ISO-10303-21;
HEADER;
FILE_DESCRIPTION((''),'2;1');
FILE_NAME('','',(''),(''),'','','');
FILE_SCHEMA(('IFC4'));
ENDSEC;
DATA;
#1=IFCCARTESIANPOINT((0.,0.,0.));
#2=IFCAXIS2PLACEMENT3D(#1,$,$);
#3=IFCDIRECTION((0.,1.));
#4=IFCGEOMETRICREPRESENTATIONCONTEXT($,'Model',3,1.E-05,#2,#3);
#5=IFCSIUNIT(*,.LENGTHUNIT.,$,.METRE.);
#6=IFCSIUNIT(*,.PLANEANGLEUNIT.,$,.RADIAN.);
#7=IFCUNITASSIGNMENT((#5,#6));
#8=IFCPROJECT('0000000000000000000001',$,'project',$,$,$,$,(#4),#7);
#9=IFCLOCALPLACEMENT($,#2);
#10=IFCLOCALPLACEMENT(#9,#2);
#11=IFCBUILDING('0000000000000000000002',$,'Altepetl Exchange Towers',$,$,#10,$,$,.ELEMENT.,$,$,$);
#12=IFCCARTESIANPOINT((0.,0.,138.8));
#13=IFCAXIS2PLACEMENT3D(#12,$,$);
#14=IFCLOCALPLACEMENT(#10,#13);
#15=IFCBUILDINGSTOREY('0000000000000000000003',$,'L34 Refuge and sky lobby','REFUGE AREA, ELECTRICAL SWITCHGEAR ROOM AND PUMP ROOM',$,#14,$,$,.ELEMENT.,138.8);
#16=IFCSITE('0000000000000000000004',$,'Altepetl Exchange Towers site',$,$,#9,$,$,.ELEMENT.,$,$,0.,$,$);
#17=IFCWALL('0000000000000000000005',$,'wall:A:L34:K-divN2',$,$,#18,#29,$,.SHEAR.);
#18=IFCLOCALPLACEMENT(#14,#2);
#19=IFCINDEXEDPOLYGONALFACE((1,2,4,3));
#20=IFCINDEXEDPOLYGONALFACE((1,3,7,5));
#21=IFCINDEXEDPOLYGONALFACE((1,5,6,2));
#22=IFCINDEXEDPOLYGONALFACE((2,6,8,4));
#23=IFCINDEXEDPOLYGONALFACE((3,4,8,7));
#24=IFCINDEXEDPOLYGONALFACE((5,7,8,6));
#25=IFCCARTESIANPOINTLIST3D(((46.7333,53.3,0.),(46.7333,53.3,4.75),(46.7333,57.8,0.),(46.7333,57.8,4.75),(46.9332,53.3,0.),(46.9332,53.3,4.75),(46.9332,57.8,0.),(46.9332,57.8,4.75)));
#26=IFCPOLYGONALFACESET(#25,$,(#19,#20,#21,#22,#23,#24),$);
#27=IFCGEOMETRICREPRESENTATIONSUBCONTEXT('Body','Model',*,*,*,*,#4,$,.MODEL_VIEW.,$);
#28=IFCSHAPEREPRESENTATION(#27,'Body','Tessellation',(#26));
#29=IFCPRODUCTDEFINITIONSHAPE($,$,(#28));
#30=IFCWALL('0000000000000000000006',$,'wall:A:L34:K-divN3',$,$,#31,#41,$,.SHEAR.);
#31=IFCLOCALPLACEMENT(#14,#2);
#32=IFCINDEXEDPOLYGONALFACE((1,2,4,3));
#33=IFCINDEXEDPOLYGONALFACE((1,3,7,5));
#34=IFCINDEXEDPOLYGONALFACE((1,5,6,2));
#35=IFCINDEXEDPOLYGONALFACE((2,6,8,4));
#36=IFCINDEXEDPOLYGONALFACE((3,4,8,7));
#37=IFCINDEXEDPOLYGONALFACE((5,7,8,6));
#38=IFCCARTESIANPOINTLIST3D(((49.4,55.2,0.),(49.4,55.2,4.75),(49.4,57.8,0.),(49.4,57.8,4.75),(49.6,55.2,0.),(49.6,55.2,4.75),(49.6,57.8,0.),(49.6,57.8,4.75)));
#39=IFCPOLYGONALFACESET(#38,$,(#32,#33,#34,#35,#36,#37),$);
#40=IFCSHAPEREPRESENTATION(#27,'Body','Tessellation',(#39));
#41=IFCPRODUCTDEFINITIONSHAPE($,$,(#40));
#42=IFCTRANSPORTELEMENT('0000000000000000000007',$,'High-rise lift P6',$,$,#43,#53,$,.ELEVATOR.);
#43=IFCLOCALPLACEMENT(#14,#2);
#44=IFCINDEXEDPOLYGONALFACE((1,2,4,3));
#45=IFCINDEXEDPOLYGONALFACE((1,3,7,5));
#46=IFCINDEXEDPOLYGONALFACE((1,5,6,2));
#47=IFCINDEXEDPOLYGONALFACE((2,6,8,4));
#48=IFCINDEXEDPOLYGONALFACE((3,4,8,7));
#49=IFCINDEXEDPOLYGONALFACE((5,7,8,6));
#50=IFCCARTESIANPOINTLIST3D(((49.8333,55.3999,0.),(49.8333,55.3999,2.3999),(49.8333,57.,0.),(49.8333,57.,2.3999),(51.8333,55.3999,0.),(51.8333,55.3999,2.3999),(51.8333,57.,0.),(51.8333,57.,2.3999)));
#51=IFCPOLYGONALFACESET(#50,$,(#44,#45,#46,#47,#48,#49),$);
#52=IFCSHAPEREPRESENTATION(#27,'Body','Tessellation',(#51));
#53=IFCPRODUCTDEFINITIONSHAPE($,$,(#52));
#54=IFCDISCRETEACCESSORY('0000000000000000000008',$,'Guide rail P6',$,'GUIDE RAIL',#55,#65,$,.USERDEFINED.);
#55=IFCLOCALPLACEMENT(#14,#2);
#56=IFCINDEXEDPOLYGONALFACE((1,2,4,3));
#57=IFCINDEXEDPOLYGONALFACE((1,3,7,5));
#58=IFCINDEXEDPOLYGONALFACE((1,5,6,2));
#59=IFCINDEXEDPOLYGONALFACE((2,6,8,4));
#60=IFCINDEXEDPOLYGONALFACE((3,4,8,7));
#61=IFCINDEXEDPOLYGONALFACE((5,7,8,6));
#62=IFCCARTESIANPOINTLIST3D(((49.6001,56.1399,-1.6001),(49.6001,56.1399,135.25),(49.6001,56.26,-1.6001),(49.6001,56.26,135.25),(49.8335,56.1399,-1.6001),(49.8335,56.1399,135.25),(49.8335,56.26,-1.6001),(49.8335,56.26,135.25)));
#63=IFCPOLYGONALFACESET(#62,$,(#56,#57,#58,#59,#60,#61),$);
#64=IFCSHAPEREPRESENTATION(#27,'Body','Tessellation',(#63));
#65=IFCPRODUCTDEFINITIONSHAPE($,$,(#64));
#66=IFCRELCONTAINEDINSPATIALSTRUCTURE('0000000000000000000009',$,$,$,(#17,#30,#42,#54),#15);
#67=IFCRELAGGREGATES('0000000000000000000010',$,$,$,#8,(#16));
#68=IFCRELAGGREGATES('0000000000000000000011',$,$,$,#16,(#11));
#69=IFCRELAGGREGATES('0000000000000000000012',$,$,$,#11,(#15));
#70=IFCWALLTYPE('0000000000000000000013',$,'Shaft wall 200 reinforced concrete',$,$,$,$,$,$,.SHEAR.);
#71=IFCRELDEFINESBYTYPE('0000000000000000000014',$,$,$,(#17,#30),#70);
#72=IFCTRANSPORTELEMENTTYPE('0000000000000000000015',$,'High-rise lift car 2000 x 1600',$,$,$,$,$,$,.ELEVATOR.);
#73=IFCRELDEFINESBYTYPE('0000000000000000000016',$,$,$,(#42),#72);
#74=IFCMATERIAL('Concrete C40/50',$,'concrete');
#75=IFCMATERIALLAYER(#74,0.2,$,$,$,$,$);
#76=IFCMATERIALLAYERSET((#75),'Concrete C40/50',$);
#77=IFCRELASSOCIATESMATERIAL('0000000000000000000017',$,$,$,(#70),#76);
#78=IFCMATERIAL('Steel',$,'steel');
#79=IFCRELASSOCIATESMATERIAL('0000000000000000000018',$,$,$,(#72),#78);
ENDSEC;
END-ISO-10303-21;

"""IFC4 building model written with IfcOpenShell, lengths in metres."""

from ifc_helpers import new_model, si_unit, direction, frame, frame_2d, origin, origin_2d, place, context, subcontext, project, spatial, rectangle, extrude, material, layer, layer_set, type_object, element, save


model = new_model("IFC4")

# Units and contexts
model_context = context("Model", 3, precision=1e-05, world=origin(), true_north=direction((0.0, 1.0)))
body_context = subcontext(model_context, "Body", "Model", "MODEL_VIEW")
ifc_project = project(units=[si_unit("LENGTHUNIT", "METRE"), si_unit("PLANEANGLEUNIT", "RADIAN")], contexts=[model_context])

# Site, building, storey
site_placement = place(None, origin())
site = spatial("IfcSite", under=ifc_project, at=site_placement, Name="Altepetl Exchange Towers site", CompositionType="ELEMENT", RefElevation=0.0)
building_placement = place(site_placement, origin())
building = spatial("IfcBuilding", under=site, at=building_placement, Name="Altepetl Exchange Towers", CompositionType="ELEMENT")
storey_placement = place(building_placement, frame((0.0, 0.0, 138.8)))
storey = spatial("IfcBuildingStorey", under=building, at=storey_placement, Name="L34 Refuge and sky lobby", Description="REFUGE AREA, ELECTRICAL SWITCHGEAR ROOM AND PUMP ROOM", CompositionType="ELEMENT", Elevation=138.8)

# Walls
ifc_material_1 = material(Name="Concrete C40/50", Category="concrete")
ifc_layer_1 = layer(ifc_material_1, 0.2)
ifc_layer_set_1 = layer_set([ifc_layer_1], Name="Concrete C40/50")
wall_type_1 = type_object("IfcWallType", Name="Shaft wall 200 reinforced concrete", PredefinedType="SHEAR", material=ifc_layer_set_1)
wall_1_placement = place(storey_placement, frame((46.8333, 57.8, 0.0), z_axis=(0.0, 0.0, 1.0), x_axis=(0.0, -1.0, 0.0)))
element("IfcWall", 1, at=wall_1_placement, inside=storey, type_object=wall_type_1, Name="wall:A:L34:K-divN2", PredefinedType="SHEAR", context=body_context, shape_type="SweptSolid", body=[
    extrude(rectangle(XDim=4.5, YDim=0.2, at=frame_2d((2.25, 0.0))), origin(), (0.0, 0.0, 1.0), 4.75),
])
wall_2_placement = place(storey_placement, frame((49.5, 57.8, 0.0), z_axis=(0.0, 0.0, 1.0), x_axis=(0.0, -1.0, 0.0)))
element("IfcWall", 2, at=wall_2_placement, inside=storey, type_object=wall_type_1, Name="wall:A:L34:K-divN3", PredefinedType="SHEAR", context=body_context, shape_type="SweptSolid", body=[
    extrude(rectangle(XDim=2.6001, YDim=0.2, at=frame_2d((1.3, 0.0))), origin(), (0.0, 0.0, 1.0), 4.75),
])

# Transport element
ifc_material_2 = material(Name="Steel", Category="steel")
transport_element_type = type_object("IfcTransportElementType", Name="High-rise lift car 2000 x 1600", PredefinedType="ELEVATOR", material=ifc_material_2)
transport_element_placement = place(storey_placement, frame((50.8333, 56.2, 0.0)))
element("IfcTransportElement", 3, at=transport_element_placement, inside=storey, type_object=transport_element_type, Name="High-rise lift P6", PredefinedType="ELEVATOR", context=body_context, shape_type="SweptSolid", body=[
    extrude(rectangle(XDim=2.0, YDim=1.6001, at=origin_2d()), origin(), (0.0, 0.0, 1.0), 2.3999),
])

# Discrete accessory
discrete_accessory_placement = place(storey_placement, frame((49.7168, 56.2, -1.6001)))
element("IfcDiscreteAccessory", 4, at=discrete_accessory_placement, inside=storey, Name="Guide rail P6", ObjectType="GUIDE RAIL", PredefinedType="USERDEFINED", context=body_context, shape_type="SweptSolid", body=[
    extrude(rectangle(XDim=0.2334, YDim=0.1201, at=origin_2d()), origin(), (0.0, 0.0, 1.0), 136.8501),
])

save(model, "model.ifc")
